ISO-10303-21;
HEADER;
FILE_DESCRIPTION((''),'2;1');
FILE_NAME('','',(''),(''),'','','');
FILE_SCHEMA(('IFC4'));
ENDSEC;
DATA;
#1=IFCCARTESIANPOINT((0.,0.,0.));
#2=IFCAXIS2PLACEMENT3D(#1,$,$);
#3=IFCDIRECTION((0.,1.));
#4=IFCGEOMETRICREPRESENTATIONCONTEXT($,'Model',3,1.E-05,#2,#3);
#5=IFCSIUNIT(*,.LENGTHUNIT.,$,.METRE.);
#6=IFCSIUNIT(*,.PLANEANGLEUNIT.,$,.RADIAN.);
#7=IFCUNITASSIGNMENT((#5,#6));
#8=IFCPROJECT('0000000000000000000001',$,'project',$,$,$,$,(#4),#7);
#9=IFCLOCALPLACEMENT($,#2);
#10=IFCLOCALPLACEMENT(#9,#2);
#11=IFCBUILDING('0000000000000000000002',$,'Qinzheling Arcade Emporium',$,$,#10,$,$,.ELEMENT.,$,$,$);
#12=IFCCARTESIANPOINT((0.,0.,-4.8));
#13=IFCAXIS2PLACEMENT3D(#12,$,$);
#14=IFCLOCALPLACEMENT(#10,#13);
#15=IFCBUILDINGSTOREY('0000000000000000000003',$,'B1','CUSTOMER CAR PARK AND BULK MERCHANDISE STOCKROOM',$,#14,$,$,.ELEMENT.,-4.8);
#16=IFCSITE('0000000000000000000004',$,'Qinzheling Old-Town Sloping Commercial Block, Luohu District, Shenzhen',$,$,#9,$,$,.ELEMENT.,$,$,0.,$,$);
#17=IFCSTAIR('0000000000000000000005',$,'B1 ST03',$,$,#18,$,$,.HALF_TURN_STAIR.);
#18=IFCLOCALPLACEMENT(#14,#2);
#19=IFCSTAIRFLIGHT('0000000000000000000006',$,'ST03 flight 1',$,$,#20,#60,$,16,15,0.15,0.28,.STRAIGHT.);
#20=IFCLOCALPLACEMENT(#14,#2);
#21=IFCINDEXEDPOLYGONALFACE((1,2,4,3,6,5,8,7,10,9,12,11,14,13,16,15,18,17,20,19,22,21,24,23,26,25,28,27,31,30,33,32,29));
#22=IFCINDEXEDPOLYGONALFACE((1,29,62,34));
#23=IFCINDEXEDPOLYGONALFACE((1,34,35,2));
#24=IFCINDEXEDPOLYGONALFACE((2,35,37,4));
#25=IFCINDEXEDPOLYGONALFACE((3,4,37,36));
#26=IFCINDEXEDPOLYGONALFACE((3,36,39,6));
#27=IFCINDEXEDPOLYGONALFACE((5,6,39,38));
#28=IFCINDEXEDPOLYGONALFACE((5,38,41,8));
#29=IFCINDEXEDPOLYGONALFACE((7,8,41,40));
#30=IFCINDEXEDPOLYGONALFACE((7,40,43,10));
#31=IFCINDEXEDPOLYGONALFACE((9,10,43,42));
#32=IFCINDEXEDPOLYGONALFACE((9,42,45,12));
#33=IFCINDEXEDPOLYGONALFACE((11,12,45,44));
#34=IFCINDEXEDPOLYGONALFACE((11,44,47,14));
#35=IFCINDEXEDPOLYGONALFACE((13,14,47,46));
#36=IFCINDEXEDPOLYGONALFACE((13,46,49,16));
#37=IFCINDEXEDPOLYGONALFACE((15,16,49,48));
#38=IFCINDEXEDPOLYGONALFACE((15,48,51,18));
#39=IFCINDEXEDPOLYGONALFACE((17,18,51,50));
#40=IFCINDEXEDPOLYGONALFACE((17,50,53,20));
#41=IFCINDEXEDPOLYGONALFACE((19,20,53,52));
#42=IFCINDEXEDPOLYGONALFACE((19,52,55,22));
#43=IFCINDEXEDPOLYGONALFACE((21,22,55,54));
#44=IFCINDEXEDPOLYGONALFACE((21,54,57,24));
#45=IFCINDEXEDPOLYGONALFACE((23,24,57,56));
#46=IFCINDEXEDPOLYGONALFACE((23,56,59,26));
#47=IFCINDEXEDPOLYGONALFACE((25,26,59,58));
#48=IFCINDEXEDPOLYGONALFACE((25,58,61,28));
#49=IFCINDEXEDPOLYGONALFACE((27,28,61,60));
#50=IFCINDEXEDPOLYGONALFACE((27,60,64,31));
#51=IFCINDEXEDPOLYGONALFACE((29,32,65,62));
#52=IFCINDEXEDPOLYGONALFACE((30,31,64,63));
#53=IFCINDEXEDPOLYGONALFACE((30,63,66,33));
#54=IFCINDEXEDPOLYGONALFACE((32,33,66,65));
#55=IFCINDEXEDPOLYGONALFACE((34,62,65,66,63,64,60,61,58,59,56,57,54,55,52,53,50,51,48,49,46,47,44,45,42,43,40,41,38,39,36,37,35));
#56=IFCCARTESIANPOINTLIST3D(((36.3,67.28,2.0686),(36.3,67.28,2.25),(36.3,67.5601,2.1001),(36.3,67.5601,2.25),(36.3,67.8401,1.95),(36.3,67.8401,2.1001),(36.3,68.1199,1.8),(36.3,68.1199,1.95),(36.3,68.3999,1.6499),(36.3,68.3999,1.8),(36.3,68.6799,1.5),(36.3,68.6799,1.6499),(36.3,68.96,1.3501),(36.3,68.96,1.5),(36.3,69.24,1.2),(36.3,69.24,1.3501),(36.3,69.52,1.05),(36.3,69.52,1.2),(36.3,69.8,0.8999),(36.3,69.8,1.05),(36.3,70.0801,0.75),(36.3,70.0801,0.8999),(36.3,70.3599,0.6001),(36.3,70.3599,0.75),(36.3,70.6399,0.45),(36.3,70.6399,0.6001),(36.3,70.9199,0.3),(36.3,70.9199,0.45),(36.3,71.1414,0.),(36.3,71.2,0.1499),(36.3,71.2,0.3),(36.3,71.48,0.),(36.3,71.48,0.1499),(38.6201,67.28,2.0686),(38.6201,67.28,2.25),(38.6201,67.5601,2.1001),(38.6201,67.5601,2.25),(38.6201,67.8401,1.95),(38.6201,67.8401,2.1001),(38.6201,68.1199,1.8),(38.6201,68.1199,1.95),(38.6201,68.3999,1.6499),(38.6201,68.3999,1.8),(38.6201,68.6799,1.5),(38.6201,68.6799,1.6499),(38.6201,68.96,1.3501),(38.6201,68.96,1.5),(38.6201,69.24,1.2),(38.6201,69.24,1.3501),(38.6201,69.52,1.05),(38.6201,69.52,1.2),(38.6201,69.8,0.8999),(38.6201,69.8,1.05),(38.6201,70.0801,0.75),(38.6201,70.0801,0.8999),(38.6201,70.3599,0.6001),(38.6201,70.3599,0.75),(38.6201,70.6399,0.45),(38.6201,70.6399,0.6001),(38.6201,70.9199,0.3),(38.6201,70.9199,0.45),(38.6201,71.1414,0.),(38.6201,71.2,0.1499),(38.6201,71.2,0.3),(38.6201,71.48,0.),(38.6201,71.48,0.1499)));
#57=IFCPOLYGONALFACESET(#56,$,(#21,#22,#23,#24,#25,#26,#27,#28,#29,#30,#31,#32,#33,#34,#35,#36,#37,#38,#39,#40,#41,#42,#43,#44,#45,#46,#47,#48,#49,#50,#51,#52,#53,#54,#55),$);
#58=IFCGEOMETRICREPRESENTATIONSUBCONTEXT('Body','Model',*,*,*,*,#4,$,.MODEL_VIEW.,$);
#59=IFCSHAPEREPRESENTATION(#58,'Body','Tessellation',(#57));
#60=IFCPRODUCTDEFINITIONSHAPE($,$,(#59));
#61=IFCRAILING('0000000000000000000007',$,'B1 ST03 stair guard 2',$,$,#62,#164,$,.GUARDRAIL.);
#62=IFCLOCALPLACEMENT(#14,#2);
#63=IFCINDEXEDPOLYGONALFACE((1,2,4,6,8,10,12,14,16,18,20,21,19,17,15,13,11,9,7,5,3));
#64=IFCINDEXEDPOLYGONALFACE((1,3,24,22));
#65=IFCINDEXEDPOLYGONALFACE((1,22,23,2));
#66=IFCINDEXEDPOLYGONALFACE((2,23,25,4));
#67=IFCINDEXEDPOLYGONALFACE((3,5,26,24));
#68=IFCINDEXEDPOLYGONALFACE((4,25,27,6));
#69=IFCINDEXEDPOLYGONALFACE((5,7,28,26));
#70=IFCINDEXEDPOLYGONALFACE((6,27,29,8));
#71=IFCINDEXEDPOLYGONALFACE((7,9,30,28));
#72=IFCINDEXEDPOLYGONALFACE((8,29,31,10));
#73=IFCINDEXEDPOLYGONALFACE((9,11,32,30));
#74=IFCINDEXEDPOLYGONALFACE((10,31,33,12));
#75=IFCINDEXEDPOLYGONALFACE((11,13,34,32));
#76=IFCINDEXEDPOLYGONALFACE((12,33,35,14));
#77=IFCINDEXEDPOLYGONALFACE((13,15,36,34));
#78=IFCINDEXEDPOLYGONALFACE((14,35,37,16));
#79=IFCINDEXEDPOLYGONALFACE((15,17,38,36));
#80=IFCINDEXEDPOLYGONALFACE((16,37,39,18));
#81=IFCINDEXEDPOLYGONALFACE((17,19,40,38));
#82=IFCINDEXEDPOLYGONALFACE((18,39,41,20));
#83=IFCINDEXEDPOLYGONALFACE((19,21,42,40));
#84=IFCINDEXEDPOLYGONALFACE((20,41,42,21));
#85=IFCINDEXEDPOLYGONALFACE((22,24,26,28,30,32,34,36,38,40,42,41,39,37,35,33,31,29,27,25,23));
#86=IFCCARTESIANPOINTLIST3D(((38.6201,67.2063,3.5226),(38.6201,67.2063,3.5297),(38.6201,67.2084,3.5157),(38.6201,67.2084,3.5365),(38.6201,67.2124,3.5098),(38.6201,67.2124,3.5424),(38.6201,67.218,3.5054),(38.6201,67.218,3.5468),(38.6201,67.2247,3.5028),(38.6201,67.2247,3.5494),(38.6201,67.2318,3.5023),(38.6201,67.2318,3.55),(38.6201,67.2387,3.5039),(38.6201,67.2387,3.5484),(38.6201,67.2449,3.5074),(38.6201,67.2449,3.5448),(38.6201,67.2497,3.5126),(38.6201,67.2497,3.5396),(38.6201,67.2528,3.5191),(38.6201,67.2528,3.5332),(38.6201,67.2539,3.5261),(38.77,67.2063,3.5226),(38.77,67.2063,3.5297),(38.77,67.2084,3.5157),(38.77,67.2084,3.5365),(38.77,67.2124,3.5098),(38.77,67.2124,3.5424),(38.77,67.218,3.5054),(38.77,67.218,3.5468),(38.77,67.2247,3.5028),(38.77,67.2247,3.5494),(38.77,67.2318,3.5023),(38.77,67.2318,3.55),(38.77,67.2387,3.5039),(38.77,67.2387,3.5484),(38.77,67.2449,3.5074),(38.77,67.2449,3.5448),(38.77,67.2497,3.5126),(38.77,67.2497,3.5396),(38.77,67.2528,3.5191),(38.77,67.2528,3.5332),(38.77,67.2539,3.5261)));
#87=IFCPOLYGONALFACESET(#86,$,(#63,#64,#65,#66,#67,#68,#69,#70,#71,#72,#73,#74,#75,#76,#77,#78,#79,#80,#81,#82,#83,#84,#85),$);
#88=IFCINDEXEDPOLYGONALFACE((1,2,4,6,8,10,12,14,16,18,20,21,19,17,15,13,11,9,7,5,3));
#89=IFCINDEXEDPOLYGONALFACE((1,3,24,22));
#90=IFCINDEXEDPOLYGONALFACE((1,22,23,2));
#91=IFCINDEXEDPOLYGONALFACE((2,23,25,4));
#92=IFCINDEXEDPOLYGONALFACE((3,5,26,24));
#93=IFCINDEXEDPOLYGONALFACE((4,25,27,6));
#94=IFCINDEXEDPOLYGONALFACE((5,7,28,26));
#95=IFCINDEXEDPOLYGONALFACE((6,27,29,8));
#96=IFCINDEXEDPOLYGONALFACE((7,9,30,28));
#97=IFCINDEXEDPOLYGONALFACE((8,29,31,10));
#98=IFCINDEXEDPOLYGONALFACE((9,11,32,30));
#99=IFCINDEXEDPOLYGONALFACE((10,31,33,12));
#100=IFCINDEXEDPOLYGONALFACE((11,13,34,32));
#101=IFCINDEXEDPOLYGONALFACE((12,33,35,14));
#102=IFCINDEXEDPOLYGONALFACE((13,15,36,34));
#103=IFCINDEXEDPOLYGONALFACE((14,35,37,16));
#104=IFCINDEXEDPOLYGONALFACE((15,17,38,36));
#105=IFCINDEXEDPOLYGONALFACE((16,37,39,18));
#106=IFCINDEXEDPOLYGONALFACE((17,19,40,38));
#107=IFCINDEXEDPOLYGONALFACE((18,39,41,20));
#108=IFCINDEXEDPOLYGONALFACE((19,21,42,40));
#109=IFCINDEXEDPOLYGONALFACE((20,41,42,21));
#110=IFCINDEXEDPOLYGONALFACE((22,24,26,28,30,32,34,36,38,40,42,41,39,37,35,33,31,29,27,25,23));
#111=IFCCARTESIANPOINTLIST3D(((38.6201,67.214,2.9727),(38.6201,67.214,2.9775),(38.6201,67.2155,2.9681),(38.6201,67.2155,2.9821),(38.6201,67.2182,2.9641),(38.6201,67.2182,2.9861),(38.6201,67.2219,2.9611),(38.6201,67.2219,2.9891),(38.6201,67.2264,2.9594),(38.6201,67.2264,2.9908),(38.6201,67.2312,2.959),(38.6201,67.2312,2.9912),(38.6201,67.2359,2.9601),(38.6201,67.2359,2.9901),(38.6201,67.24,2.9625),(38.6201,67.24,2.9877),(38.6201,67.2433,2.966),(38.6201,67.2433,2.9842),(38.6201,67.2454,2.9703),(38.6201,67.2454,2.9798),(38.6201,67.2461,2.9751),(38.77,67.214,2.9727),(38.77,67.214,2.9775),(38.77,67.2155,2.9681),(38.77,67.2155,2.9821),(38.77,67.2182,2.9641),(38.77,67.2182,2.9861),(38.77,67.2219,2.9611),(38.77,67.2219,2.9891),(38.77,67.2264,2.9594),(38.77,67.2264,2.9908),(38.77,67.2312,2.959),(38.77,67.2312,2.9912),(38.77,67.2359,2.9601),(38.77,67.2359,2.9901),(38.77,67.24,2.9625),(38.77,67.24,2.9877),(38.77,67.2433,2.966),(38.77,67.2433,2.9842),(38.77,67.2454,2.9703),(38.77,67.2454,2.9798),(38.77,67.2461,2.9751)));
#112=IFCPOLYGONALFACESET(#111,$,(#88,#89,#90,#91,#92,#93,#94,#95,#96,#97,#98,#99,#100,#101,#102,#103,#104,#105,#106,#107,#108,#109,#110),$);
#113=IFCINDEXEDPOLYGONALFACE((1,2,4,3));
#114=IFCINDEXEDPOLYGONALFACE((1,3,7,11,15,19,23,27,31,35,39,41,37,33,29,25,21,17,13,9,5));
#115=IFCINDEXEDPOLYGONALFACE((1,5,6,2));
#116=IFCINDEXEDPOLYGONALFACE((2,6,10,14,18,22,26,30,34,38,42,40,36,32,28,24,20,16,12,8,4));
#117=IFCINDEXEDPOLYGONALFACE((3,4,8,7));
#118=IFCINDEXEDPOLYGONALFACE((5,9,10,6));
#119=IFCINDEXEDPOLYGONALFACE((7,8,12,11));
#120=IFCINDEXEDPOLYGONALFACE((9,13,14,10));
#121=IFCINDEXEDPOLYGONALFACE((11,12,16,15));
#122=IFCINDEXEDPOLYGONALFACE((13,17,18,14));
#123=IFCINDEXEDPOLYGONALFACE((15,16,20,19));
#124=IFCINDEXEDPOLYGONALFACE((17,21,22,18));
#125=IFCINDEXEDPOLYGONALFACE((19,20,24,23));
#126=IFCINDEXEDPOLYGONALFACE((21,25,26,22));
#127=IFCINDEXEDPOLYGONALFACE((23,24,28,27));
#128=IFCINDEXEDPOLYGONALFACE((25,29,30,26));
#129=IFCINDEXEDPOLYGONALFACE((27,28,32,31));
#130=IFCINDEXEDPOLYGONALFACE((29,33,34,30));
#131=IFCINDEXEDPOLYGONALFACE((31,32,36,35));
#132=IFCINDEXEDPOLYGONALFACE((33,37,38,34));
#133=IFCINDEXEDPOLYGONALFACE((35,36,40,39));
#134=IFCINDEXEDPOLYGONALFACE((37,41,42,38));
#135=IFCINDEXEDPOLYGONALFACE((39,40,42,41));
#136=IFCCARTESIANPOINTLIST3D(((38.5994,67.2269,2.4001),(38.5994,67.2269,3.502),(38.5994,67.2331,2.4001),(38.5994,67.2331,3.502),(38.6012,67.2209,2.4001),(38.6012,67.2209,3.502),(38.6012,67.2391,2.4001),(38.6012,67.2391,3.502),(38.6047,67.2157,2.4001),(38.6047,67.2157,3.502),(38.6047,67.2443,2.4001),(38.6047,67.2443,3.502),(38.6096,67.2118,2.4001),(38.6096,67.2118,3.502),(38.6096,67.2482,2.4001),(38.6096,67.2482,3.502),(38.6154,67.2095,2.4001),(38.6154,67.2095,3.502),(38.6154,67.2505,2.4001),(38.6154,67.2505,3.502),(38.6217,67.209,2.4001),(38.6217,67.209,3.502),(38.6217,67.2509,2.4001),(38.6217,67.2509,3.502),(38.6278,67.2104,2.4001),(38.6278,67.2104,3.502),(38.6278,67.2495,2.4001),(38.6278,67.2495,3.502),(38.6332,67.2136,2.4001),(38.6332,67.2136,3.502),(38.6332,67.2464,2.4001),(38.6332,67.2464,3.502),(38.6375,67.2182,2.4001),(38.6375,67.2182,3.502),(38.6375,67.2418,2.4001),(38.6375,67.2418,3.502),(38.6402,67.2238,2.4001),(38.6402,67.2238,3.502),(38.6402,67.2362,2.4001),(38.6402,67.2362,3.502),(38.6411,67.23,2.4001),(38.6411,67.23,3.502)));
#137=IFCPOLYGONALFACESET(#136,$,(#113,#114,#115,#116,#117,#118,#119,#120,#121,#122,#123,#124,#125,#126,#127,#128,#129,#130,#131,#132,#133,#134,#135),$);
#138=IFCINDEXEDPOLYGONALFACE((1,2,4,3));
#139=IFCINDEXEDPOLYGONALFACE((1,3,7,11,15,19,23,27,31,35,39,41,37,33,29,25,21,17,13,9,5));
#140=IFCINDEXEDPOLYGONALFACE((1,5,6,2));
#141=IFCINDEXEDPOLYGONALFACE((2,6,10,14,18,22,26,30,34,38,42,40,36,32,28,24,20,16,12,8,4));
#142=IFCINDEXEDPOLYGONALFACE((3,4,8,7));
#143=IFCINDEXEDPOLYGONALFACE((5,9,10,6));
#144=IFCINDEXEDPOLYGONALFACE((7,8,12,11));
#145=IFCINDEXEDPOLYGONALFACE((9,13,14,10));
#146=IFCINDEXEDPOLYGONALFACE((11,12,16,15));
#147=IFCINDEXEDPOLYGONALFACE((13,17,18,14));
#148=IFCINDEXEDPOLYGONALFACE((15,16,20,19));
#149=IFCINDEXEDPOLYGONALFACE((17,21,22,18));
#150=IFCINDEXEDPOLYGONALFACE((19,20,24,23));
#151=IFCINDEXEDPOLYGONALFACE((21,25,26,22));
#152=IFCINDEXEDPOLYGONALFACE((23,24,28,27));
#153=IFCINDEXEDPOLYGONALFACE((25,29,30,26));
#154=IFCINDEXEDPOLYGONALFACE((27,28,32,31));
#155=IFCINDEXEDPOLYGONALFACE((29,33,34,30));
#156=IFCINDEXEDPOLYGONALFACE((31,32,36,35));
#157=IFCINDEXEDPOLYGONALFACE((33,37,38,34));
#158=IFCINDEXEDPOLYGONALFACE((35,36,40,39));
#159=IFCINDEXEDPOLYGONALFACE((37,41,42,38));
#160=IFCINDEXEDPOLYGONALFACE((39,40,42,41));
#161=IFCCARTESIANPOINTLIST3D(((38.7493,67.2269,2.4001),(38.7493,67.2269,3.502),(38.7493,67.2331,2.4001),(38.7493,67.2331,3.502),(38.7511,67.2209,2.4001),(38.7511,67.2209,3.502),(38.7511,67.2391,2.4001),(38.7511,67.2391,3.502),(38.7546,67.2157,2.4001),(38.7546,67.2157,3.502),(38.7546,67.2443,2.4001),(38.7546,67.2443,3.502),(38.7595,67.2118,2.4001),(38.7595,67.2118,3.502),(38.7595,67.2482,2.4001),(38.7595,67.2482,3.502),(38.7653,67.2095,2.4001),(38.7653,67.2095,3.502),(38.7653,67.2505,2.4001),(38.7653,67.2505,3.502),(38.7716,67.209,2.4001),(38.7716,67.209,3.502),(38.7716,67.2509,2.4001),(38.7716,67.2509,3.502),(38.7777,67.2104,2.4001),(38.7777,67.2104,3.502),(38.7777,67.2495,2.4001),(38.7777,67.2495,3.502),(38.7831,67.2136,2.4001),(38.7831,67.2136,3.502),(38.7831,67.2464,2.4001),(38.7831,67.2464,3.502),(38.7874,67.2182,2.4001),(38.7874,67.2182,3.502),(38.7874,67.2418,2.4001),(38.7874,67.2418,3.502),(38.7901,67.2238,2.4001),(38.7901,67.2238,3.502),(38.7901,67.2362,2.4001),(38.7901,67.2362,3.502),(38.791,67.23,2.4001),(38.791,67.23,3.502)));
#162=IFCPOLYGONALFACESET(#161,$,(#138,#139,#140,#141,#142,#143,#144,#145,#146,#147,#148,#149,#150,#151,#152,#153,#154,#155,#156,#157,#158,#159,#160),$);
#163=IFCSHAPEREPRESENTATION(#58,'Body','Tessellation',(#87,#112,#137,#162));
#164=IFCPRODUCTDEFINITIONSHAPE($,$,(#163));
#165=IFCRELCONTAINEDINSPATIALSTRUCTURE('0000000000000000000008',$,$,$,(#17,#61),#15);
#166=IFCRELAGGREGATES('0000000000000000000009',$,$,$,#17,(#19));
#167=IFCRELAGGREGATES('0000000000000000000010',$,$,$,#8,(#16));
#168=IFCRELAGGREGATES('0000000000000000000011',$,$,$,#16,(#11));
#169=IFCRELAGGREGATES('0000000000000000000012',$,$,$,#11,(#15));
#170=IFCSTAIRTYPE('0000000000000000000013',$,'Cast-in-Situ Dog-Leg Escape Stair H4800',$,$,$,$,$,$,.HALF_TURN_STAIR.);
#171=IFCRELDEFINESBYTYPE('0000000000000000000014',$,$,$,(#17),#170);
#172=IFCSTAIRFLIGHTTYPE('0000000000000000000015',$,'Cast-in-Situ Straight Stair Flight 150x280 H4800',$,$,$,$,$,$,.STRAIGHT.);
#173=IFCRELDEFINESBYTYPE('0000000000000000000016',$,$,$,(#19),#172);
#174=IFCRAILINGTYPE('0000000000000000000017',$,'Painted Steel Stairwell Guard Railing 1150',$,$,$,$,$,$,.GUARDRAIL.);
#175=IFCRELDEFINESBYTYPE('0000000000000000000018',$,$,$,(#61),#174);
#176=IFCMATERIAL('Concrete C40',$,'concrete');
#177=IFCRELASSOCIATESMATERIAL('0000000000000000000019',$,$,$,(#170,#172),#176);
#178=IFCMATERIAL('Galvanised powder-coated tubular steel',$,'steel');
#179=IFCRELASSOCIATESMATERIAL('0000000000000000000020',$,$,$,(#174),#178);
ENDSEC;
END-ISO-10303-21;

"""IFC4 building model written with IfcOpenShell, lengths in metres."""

from ifc_helpers import new_model, si_unit, direction, frame, origin, origin_2d, place, context, subcontext, project, spatial, polyline, circle, outline, extrude, material, type_object, element, aggregate, save


model = new_model("IFC4")

# Units and contexts
model_context = context("Model", 3, precision=1e-05, world=origin(), true_north=direction((0.0, 1.0)))
body_context = subcontext(model_context, "Body", "Model", "MODEL_VIEW")
ifc_project = project(units=[si_unit("LENGTHUNIT", "METRE"), si_unit("PLANEANGLEUNIT", "RADIAN")], contexts=[model_context])

# Site, building, storey
site_placement = place(None, origin())
site = spatial("IfcSite", under=ifc_project, at=site_placement, Name="Qinzheling Old-Town Sloping Commercial Block, Luohu District, Shenzhen", CompositionType="ELEMENT", RefElevation=0.0)
building_placement = place(site_placement, origin())
building = spatial("IfcBuilding", under=site, at=building_placement, Name="Qinzheling Arcade Emporium", CompositionType="ELEMENT")
storey_placement = place(building_placement, frame((0.0, 0.0, -4.8)))
storey = spatial("IfcBuildingStorey", under=building, at=storey_placement, Name="B1", Description="CUSTOMER CAR PARK AND BULK MERCHANDISE STOCKROOM", CompositionType="ELEMENT", Elevation=-4.8)

# Shared definitions
ifc_material_1 = material(Name="Concrete C40", Category="concrete")

# Stair, stair flight
stair_type = type_object("IfcStairType", Name="Cast-in-Situ Dog-Leg Escape Stair H4800", PredefinedType="HALF_TURN_STAIR", material=ifc_material_1)
stair_placement = place(storey_placement, origin())
stair = element("IfcStair", 1, at=stair_placement, inside=storey, type_object=stair_type, Name="B1 ST03", PredefinedType="HALF_TURN_STAIR")
stair_flight_type = type_object("IfcStairFlightType", Name="Cast-in-Situ Straight Stair Flight 150x280 H4800", PredefinedType="STRAIGHT", material=ifc_material_1)
stair_flight_placement = place(storey_placement, frame((37.46, 71.48, 0.0), z_axis=(0.0, 0.0, 1.0), x_axis=(0.0, -1.0, 0.0)))
stair_flight = element("IfcStairFlight", 2, at=stair_flight_placement, type_object=stair_flight_type, Name="ST03 flight 1", NumberOfRisers=16, NumberOfTreads=15, PredefinedType="STRAIGHT", RiserHeight=0.15, TreadLength=0.28, context=body_context, shape_type="SweptSolid", body=[
    extrude(outline(polyline([(0.0, 0.0), (0.0, 0.1499), (0.28, 0.1499), (0.28, 0.3), (0.5601, 0.3), (0.5601, 0.45), (0.8401, 0.45), (0.8401, 0.6001), (1.1201, 0.6001), (1.1201, 0.75), (1.3999, 0.75), (1.3999, 0.8999), (1.6799, 0.8999), (1.6799, 1.05), (1.96, 1.05), (1.96, 1.2), (2.24, 1.2), (2.24, 1.3501), (2.52, 1.3501), (2.52, 1.5), (2.8, 1.5), (2.8, 1.6499), (3.0801, 1.6499), (3.0801, 1.8), (3.3601, 1.8), (3.3601, 1.95), (3.6399, 1.95), (3.6399, 2.1001), (3.9199, 2.1001), (3.9199, 2.25), (4.2, 2.25), (4.2, 2.3999), (4.2, 2.0686), (0.3386, 0.0), (0.0, 0.0)])), frame((0.0, 1.1602, 0.0), z_axis=(0.0, -1.0, 0.0), x_axis=(1.0, 0.0, 0.0)), (0.0, 0.0, 1.0), 2.3201),
])
aggregate(stair, [stair_flight])

# Railing
ifc_material_2 = material(Name="Galvanised powder-coated tubular steel", Category="steel")
railing_type_1 = type_object("IfcRailingType", Name="Painted Steel Stairwell Guard Railing 1150", PredefinedType="GUARDRAIL", material=ifc_material_2)
railing_1_placement = place(storey_placement, frame((38.6201, 67.23, 2.4001)))
element("IfcRailing", 3, at=railing_1_placement, inside=storey, type_object=railing_type_1, Name="B1 ST03 stair guard 2", PredefinedType="GUARDRAIL", context=body_context, shape_type="SweptSolid", body=[
    extrude(circle(Radius=0.0239, at=origin_2d()), frame((0.0, 0.0, 1.126), z_axis=(1.0, 0.0, 0.0), x_axis=(0.0, 1.0, 0.0)), (0.0, 0.0, 1.0), 0.1499),
    extrude(circle(Radius=0.0161, at=origin_2d()), frame((0.0, 0.0, 0.575), z_axis=(1.0, 0.0, 0.0), x_axis=(0.0, 1.0, 0.0)), (0.0, 0.0, 1.0), 0.1499),
    extrude(circle(Radius=0.021, at=origin_2d()), origin(), (0.0, 0.0, 1.0), 1.1018),
    extrude(circle(Radius=0.021, at=origin_2d()), frame((0.1499, 0.0, 0.0)), (0.0, 0.0, 1.0), 1.1018),
])

save(model, "model.ifc")
